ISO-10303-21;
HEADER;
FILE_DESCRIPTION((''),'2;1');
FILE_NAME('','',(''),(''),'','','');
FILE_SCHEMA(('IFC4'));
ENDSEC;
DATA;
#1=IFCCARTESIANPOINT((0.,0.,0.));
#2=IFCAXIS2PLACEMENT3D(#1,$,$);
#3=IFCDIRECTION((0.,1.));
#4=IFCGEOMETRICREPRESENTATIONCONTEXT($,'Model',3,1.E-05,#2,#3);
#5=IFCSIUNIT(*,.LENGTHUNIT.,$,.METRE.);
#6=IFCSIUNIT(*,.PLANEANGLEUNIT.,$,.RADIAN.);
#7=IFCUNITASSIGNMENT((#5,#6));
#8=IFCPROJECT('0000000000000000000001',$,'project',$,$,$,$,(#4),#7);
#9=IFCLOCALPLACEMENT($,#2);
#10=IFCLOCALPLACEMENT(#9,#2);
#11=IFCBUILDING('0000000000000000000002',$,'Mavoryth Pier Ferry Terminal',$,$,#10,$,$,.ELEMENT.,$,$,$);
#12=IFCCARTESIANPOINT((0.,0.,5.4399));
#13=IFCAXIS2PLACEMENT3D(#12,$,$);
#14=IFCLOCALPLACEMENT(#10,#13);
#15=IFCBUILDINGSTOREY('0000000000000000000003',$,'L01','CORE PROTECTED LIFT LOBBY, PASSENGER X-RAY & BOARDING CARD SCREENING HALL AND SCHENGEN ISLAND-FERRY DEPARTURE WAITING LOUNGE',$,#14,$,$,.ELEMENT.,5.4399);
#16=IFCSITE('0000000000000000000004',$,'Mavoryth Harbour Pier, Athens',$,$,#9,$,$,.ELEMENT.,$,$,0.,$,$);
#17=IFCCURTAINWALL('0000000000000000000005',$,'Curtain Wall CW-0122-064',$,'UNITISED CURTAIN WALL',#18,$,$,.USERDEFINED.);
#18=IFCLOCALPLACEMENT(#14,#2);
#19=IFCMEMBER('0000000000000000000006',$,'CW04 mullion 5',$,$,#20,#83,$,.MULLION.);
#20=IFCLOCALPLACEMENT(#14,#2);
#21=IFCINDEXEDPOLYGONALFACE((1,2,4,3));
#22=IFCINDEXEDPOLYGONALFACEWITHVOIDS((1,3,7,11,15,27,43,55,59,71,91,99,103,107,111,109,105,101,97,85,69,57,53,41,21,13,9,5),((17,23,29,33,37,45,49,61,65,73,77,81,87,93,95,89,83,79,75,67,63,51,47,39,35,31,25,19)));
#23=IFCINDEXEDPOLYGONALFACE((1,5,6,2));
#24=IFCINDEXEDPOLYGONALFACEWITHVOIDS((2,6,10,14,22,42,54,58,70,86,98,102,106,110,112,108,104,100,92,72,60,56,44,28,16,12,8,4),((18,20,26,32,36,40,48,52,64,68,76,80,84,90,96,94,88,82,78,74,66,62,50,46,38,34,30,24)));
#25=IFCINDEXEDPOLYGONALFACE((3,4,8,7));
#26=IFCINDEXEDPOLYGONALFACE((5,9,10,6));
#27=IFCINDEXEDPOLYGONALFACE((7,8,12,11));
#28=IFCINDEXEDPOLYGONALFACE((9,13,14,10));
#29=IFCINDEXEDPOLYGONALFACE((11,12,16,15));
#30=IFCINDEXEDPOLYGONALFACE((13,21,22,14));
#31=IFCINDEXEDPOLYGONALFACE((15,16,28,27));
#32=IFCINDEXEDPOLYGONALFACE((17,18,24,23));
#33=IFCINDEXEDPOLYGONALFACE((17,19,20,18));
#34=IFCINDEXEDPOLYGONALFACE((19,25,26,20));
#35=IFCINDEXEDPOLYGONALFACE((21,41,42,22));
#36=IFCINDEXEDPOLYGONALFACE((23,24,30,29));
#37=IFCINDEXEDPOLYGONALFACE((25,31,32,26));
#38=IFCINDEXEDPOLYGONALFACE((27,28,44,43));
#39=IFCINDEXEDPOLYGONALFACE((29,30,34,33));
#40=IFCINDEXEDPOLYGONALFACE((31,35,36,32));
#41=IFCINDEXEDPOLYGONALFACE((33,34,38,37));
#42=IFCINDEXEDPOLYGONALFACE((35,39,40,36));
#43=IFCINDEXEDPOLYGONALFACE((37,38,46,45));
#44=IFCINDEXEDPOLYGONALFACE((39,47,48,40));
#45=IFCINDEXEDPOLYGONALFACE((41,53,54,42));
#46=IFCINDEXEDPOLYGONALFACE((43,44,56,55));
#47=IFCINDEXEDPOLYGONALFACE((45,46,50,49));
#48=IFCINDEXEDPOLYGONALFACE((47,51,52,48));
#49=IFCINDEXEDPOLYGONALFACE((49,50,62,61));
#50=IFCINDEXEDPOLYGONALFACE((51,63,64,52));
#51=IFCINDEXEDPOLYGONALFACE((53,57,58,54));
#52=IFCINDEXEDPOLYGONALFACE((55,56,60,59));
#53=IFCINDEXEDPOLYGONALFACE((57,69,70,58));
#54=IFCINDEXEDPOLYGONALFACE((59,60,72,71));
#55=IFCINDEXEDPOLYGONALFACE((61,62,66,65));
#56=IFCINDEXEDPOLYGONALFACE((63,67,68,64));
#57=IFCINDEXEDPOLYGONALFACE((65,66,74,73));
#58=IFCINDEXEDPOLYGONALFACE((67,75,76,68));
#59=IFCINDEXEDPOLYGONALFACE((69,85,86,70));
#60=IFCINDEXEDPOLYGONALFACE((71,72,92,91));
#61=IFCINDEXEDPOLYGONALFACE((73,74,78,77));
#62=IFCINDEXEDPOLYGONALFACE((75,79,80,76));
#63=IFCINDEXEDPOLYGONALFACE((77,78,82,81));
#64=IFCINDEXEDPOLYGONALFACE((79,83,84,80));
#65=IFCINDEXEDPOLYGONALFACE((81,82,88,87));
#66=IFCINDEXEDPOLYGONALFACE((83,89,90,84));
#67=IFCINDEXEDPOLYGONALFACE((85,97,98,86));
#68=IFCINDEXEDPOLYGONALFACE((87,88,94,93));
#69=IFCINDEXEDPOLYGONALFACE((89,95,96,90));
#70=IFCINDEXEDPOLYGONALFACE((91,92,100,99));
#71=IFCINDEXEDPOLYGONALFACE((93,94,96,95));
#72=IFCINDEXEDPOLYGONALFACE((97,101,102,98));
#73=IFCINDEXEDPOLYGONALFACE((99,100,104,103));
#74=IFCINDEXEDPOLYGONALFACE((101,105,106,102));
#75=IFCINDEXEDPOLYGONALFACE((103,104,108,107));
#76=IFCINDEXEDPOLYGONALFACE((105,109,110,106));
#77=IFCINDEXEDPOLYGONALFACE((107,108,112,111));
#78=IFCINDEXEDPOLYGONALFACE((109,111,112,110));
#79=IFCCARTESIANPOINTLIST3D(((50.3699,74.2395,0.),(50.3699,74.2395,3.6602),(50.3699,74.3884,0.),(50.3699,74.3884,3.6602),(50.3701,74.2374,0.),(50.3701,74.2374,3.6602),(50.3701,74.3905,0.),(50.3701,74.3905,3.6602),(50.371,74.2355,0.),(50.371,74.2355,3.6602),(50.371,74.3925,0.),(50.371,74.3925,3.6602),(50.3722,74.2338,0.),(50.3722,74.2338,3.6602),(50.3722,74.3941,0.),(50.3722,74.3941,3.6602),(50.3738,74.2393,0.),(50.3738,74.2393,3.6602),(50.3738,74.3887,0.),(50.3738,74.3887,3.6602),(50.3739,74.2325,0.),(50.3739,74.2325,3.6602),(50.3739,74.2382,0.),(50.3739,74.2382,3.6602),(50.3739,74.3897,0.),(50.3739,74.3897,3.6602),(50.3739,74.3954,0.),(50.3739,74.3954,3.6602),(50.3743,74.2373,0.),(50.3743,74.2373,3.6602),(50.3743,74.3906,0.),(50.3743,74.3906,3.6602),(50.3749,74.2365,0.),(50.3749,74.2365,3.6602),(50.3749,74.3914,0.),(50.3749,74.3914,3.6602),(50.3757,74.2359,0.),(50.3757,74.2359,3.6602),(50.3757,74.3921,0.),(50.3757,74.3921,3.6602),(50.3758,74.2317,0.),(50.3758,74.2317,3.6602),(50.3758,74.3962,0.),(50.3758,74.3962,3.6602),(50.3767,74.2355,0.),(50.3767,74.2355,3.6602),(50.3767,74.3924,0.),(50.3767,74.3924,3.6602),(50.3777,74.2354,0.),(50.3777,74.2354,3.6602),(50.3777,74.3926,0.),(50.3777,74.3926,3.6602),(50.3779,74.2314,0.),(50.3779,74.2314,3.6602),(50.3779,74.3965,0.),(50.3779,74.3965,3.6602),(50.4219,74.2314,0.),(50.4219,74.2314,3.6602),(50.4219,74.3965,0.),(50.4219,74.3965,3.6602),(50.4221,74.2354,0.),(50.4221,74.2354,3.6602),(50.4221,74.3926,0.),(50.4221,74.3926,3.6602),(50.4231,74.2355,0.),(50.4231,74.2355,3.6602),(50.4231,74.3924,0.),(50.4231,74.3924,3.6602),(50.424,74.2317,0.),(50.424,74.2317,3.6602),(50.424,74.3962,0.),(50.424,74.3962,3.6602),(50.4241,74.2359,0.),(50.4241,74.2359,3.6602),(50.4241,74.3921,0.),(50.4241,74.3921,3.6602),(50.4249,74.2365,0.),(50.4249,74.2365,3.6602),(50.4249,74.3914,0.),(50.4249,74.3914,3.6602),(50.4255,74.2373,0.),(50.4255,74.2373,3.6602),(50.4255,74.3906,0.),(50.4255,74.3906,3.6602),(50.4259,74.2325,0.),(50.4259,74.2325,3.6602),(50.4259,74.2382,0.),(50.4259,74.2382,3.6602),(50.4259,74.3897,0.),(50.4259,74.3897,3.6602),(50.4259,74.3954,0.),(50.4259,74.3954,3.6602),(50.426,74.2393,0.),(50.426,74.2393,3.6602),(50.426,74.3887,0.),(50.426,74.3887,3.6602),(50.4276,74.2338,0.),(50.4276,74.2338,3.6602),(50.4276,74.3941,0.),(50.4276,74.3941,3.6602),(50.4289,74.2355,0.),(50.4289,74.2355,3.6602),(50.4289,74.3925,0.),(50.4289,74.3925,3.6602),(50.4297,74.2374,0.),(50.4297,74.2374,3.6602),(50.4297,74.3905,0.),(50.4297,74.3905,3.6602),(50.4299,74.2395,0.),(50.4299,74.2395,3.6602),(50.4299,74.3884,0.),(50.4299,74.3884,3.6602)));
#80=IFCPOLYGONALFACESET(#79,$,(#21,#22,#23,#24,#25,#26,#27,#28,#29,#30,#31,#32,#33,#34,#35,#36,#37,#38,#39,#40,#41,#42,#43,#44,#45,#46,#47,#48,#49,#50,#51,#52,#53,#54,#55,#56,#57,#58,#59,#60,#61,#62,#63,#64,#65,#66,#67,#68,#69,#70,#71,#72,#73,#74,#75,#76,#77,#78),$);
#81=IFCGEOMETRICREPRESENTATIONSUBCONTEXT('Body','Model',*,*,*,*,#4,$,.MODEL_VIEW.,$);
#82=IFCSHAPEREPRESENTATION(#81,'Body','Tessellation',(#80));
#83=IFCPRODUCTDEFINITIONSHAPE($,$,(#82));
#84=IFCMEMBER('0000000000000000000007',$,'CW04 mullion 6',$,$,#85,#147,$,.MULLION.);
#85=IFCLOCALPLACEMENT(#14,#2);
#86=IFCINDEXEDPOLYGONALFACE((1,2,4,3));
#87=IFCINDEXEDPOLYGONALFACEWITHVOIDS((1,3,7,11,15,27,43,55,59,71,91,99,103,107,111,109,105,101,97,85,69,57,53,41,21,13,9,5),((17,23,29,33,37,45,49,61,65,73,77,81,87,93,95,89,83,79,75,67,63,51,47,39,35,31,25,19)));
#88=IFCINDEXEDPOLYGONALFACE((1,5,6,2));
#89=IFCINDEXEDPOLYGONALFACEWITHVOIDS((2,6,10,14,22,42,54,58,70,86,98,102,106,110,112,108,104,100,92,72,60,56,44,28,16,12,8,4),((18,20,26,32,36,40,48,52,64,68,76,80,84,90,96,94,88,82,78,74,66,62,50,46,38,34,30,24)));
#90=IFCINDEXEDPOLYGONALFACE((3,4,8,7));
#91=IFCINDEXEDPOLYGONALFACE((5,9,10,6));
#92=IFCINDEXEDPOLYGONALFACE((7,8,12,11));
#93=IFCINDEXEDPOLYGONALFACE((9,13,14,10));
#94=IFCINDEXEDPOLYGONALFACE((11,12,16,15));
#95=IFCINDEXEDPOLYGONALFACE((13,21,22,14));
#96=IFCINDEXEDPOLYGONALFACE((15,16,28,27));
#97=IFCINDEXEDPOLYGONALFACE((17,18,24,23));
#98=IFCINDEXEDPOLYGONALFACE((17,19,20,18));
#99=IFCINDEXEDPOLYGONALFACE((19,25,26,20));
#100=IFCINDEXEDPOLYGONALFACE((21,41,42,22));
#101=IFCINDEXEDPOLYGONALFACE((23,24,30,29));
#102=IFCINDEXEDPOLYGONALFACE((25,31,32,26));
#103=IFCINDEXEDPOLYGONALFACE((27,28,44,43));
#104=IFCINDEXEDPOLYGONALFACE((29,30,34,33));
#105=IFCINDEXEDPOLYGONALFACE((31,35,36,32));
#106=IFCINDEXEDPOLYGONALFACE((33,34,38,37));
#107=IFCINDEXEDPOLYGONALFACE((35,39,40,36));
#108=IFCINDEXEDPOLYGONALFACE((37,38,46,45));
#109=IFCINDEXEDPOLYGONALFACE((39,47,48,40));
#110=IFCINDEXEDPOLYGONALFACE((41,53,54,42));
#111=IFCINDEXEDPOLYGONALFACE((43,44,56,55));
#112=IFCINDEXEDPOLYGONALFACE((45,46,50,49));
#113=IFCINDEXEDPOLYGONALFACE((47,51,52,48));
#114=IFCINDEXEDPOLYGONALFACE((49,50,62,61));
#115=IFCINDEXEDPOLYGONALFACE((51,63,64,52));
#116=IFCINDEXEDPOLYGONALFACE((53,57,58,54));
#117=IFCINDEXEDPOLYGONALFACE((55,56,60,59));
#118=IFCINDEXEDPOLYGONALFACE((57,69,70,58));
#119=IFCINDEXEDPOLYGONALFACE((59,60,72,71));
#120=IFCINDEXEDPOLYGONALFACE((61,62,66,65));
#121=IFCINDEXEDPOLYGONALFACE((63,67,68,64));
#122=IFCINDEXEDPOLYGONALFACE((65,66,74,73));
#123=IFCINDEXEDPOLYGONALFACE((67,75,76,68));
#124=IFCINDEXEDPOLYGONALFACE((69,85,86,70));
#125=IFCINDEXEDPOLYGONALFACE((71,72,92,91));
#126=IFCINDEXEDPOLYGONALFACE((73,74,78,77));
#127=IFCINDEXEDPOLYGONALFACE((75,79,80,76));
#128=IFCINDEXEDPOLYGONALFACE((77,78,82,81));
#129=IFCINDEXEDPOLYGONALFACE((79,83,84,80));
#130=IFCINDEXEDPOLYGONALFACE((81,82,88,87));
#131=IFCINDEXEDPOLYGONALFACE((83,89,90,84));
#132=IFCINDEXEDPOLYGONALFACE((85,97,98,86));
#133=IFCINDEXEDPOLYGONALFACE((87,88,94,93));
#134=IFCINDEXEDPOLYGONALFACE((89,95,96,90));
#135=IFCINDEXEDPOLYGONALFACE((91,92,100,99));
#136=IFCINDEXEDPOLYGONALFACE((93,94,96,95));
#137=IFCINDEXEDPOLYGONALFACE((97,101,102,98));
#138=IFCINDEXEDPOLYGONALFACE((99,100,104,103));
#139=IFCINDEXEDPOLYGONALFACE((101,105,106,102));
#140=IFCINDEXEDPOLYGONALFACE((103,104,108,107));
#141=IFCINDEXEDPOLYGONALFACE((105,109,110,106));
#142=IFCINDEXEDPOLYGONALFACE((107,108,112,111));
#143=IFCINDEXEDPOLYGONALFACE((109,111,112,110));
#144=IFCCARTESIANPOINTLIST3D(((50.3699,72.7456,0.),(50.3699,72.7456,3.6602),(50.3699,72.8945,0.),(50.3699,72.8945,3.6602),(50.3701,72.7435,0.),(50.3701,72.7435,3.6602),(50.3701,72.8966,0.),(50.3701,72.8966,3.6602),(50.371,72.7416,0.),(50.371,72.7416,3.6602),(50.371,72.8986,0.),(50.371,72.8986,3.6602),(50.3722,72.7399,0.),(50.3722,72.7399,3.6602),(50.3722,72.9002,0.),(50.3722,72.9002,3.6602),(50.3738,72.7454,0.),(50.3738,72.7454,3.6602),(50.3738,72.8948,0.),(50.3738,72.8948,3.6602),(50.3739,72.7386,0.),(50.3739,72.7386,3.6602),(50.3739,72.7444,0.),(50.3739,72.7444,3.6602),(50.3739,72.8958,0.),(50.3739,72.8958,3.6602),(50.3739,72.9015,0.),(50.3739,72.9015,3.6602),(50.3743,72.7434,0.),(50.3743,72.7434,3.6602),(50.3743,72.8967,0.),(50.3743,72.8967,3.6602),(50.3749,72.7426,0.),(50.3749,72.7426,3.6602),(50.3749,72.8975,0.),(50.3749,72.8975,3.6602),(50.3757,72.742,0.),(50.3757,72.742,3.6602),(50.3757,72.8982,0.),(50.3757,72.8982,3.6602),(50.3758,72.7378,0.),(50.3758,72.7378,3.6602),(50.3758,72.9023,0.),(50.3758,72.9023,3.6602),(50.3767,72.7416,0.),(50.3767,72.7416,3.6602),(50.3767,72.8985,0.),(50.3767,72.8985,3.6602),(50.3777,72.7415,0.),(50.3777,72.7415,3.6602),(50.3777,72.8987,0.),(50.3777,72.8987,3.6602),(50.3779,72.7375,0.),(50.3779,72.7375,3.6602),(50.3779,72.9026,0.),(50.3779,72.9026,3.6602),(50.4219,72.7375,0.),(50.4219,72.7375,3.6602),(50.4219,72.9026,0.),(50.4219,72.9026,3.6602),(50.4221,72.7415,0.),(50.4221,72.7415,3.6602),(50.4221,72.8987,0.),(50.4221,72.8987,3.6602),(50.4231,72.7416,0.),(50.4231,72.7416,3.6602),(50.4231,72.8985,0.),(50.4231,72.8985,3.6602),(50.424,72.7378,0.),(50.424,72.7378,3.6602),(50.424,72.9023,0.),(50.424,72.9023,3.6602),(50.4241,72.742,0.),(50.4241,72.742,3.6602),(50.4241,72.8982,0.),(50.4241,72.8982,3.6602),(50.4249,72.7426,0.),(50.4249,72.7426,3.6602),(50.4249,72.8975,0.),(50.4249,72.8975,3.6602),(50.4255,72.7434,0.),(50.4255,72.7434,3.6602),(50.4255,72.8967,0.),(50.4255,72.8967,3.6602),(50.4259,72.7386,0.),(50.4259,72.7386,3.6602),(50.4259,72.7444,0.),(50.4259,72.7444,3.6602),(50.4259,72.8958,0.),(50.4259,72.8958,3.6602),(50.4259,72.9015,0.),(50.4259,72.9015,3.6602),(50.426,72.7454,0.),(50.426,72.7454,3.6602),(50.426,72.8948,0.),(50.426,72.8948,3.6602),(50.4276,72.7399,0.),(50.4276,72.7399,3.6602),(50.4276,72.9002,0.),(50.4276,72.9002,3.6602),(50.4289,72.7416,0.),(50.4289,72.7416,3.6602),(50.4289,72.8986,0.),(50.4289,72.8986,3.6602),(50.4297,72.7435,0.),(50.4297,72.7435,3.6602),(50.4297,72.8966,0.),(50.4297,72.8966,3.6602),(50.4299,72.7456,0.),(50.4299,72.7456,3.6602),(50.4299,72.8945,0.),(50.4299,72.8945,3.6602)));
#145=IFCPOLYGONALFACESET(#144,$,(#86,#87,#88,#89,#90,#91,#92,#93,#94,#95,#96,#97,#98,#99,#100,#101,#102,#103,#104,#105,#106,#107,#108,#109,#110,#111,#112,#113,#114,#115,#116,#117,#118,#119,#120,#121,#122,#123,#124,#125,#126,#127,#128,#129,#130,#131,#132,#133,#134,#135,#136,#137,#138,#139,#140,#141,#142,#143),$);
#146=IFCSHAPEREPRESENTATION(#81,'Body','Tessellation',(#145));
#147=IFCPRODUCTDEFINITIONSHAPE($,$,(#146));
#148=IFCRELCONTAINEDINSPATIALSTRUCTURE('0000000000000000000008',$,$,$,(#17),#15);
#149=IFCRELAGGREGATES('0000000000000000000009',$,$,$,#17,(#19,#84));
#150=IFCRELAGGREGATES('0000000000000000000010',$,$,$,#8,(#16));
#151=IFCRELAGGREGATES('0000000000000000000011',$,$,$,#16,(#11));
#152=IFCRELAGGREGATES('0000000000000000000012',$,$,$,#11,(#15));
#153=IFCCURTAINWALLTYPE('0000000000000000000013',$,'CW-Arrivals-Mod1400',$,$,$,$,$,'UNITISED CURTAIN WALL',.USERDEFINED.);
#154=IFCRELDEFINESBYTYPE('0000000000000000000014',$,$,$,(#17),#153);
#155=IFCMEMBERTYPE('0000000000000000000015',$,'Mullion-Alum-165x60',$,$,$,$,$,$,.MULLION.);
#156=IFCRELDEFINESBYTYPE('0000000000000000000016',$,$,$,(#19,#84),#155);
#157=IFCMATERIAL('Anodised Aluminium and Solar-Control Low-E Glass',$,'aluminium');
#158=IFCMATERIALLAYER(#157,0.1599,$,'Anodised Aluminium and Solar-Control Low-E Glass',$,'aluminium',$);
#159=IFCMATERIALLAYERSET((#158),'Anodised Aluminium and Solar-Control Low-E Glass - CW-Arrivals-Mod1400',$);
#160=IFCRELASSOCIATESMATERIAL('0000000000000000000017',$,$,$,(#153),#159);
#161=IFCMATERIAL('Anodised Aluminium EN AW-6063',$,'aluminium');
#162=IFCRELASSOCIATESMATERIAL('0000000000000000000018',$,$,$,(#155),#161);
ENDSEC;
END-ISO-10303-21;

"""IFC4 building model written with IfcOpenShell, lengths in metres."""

from ifc_helpers import new_model, si_unit, direction, frame, origin, origin_2d, place, context, subcontext, project, spatial, hollow_rectangle, extrude, material, layer, layer_set, material_profile, profile_set, type_object, element, aggregate, save


model = new_model("IFC4")

# Units and contexts
model_context = context("Model", 3, precision=1e-05, world=origin(), true_north=direction((0.0, 1.0)))
body_context = subcontext(model_context, "Body", "Model", "MODEL_VIEW")
ifc_project = project(units=[si_unit("LENGTHUNIT", "METRE"), si_unit("PLANEANGLEUNIT", "RADIAN")], contexts=[model_context])

# Site, building, storey
site_placement = place(None, origin())
site = spatial("IfcSite", under=ifc_project, at=site_placement, Name="Mavoryth Harbour Pier, Athens", CompositionType="ELEMENT", RefElevation=0.0)
building_placement = place(site_placement, origin())
building = spatial("IfcBuilding", under=site, at=building_placement, Name="Mavoryth Pier Ferry Terminal", CompositionType="ELEMENT")
storey_placement = place(building_placement, frame((0.0, 0.0, 5.4399)))
storey = spatial("IfcBuildingStorey", under=building, at=storey_placement, Name="L01", Description="CORE PROTECTED LIFT LOBBY, PASSENGER X-RAY & BOARDING CARD SCREENING HALL AND SCHENGEN ISLAND-FERRY DEPARTURE WAITING LOUNGE", CompositionType="ELEMENT", Elevation=5.4399)

# Curtain wall, members
ifc_material_1 = material(Name="Anodised Aluminium and Solar-Control Low-E Glass", Category="aluminium")
ifc_layer_1 = layer(ifc_material_1, 0.1599, Name="Anodised Aluminium and Solar-Control Low-E Glass", Category="aluminium")
ifc_layer_set_1 = layer_set([ifc_layer_1], Name="Anodised Aluminium and Solar-Control Low-E Glass - CW-Arrivals-Mod1400")
curtain_wall_type = type_object("IfcCurtainWallType", Name="CW-Arrivals-Mod1400", ElementType="UNITISED CURTAIN WALL", PredefinedType="USERDEFINED", material=ifc_layer_set_1)
curtain_wall_placement = place(storey_placement, origin())
curtain_wall = element("IfcCurtainWall", 1, at=curtain_wall_placement, inside=storey, type_object=curtain_wall_type, Name="Curtain Wall CW-0122-064", ObjectType="UNITISED CURTAIN WALL", PredefinedType="USERDEFINED")
ifc_material_2 = material(Name="Anodised Aluminium EN AW-6063", Category="aluminium")
ifc_material_profile_1 = material_profile(ifc_material_2, hollow_rectangle(XDim=0.0601, YDim=0.165, WallThickness=0.0039, InnerFilletRadius=0.0039, OuterFilletRadius=0.0081, at=origin_2d()), Name="AL-MULL 165x60x4", Category="aluminium")
ifc_profile_set_1 = profile_set([ifc_material_profile_1], Name="Anodised Aluminium EN AW-6063 - AL-MULL 165x60x4")
member_type_1 = type_object("IfcMemberType", Name="Mullion-Alum-165x60", PredefinedType="MULLION", material=ifc_profile_set_1)
member_1_placement = place(storey_placement, frame((50.3999, 74.314, 0.0), z_axis=(0.0, 0.0, 1.0), x_axis=(1.0, 0.0, 0.0)))
member_1 = element("IfcMember", 2, at=member_1_placement, type_object=member_type_1, Name="CW04 mullion 5", PredefinedType="MULLION", context=body_context, shape_type="SweptSolid", body=[
    extrude(hollow_rectangle(XDim=0.0601, YDim=0.165, WallThickness=0.0039, InnerFilletRadius=0.0039, OuterFilletRadius=0.0081, at=origin_2d()), origin(), (0.0, 0.0, 1.0), 3.6602),
])
member_2_placement = place(storey_placement, frame((50.3999, 72.8201, 0.0), z_axis=(0.0, 0.0, 1.0), x_axis=(1.0, 0.0, 0.0)))
member_2 = element("IfcMember", 3, at=member_2_placement, type_object=member_type_1, Name="CW04 mullion 6", PredefinedType="MULLION", context=body_context, shape_type="SweptSolid", body=[
    extrude(hollow_rectangle(XDim=0.0601, YDim=0.165, WallThickness=0.0039, InnerFilletRadius=0.0039, OuterFilletRadius=0.0081, at=origin_2d()), origin(), (0.0, 0.0, 1.0), 3.6602),
])
aggregate(curtain_wall, [member_1, member_2])

save(model, "model.ifc")
